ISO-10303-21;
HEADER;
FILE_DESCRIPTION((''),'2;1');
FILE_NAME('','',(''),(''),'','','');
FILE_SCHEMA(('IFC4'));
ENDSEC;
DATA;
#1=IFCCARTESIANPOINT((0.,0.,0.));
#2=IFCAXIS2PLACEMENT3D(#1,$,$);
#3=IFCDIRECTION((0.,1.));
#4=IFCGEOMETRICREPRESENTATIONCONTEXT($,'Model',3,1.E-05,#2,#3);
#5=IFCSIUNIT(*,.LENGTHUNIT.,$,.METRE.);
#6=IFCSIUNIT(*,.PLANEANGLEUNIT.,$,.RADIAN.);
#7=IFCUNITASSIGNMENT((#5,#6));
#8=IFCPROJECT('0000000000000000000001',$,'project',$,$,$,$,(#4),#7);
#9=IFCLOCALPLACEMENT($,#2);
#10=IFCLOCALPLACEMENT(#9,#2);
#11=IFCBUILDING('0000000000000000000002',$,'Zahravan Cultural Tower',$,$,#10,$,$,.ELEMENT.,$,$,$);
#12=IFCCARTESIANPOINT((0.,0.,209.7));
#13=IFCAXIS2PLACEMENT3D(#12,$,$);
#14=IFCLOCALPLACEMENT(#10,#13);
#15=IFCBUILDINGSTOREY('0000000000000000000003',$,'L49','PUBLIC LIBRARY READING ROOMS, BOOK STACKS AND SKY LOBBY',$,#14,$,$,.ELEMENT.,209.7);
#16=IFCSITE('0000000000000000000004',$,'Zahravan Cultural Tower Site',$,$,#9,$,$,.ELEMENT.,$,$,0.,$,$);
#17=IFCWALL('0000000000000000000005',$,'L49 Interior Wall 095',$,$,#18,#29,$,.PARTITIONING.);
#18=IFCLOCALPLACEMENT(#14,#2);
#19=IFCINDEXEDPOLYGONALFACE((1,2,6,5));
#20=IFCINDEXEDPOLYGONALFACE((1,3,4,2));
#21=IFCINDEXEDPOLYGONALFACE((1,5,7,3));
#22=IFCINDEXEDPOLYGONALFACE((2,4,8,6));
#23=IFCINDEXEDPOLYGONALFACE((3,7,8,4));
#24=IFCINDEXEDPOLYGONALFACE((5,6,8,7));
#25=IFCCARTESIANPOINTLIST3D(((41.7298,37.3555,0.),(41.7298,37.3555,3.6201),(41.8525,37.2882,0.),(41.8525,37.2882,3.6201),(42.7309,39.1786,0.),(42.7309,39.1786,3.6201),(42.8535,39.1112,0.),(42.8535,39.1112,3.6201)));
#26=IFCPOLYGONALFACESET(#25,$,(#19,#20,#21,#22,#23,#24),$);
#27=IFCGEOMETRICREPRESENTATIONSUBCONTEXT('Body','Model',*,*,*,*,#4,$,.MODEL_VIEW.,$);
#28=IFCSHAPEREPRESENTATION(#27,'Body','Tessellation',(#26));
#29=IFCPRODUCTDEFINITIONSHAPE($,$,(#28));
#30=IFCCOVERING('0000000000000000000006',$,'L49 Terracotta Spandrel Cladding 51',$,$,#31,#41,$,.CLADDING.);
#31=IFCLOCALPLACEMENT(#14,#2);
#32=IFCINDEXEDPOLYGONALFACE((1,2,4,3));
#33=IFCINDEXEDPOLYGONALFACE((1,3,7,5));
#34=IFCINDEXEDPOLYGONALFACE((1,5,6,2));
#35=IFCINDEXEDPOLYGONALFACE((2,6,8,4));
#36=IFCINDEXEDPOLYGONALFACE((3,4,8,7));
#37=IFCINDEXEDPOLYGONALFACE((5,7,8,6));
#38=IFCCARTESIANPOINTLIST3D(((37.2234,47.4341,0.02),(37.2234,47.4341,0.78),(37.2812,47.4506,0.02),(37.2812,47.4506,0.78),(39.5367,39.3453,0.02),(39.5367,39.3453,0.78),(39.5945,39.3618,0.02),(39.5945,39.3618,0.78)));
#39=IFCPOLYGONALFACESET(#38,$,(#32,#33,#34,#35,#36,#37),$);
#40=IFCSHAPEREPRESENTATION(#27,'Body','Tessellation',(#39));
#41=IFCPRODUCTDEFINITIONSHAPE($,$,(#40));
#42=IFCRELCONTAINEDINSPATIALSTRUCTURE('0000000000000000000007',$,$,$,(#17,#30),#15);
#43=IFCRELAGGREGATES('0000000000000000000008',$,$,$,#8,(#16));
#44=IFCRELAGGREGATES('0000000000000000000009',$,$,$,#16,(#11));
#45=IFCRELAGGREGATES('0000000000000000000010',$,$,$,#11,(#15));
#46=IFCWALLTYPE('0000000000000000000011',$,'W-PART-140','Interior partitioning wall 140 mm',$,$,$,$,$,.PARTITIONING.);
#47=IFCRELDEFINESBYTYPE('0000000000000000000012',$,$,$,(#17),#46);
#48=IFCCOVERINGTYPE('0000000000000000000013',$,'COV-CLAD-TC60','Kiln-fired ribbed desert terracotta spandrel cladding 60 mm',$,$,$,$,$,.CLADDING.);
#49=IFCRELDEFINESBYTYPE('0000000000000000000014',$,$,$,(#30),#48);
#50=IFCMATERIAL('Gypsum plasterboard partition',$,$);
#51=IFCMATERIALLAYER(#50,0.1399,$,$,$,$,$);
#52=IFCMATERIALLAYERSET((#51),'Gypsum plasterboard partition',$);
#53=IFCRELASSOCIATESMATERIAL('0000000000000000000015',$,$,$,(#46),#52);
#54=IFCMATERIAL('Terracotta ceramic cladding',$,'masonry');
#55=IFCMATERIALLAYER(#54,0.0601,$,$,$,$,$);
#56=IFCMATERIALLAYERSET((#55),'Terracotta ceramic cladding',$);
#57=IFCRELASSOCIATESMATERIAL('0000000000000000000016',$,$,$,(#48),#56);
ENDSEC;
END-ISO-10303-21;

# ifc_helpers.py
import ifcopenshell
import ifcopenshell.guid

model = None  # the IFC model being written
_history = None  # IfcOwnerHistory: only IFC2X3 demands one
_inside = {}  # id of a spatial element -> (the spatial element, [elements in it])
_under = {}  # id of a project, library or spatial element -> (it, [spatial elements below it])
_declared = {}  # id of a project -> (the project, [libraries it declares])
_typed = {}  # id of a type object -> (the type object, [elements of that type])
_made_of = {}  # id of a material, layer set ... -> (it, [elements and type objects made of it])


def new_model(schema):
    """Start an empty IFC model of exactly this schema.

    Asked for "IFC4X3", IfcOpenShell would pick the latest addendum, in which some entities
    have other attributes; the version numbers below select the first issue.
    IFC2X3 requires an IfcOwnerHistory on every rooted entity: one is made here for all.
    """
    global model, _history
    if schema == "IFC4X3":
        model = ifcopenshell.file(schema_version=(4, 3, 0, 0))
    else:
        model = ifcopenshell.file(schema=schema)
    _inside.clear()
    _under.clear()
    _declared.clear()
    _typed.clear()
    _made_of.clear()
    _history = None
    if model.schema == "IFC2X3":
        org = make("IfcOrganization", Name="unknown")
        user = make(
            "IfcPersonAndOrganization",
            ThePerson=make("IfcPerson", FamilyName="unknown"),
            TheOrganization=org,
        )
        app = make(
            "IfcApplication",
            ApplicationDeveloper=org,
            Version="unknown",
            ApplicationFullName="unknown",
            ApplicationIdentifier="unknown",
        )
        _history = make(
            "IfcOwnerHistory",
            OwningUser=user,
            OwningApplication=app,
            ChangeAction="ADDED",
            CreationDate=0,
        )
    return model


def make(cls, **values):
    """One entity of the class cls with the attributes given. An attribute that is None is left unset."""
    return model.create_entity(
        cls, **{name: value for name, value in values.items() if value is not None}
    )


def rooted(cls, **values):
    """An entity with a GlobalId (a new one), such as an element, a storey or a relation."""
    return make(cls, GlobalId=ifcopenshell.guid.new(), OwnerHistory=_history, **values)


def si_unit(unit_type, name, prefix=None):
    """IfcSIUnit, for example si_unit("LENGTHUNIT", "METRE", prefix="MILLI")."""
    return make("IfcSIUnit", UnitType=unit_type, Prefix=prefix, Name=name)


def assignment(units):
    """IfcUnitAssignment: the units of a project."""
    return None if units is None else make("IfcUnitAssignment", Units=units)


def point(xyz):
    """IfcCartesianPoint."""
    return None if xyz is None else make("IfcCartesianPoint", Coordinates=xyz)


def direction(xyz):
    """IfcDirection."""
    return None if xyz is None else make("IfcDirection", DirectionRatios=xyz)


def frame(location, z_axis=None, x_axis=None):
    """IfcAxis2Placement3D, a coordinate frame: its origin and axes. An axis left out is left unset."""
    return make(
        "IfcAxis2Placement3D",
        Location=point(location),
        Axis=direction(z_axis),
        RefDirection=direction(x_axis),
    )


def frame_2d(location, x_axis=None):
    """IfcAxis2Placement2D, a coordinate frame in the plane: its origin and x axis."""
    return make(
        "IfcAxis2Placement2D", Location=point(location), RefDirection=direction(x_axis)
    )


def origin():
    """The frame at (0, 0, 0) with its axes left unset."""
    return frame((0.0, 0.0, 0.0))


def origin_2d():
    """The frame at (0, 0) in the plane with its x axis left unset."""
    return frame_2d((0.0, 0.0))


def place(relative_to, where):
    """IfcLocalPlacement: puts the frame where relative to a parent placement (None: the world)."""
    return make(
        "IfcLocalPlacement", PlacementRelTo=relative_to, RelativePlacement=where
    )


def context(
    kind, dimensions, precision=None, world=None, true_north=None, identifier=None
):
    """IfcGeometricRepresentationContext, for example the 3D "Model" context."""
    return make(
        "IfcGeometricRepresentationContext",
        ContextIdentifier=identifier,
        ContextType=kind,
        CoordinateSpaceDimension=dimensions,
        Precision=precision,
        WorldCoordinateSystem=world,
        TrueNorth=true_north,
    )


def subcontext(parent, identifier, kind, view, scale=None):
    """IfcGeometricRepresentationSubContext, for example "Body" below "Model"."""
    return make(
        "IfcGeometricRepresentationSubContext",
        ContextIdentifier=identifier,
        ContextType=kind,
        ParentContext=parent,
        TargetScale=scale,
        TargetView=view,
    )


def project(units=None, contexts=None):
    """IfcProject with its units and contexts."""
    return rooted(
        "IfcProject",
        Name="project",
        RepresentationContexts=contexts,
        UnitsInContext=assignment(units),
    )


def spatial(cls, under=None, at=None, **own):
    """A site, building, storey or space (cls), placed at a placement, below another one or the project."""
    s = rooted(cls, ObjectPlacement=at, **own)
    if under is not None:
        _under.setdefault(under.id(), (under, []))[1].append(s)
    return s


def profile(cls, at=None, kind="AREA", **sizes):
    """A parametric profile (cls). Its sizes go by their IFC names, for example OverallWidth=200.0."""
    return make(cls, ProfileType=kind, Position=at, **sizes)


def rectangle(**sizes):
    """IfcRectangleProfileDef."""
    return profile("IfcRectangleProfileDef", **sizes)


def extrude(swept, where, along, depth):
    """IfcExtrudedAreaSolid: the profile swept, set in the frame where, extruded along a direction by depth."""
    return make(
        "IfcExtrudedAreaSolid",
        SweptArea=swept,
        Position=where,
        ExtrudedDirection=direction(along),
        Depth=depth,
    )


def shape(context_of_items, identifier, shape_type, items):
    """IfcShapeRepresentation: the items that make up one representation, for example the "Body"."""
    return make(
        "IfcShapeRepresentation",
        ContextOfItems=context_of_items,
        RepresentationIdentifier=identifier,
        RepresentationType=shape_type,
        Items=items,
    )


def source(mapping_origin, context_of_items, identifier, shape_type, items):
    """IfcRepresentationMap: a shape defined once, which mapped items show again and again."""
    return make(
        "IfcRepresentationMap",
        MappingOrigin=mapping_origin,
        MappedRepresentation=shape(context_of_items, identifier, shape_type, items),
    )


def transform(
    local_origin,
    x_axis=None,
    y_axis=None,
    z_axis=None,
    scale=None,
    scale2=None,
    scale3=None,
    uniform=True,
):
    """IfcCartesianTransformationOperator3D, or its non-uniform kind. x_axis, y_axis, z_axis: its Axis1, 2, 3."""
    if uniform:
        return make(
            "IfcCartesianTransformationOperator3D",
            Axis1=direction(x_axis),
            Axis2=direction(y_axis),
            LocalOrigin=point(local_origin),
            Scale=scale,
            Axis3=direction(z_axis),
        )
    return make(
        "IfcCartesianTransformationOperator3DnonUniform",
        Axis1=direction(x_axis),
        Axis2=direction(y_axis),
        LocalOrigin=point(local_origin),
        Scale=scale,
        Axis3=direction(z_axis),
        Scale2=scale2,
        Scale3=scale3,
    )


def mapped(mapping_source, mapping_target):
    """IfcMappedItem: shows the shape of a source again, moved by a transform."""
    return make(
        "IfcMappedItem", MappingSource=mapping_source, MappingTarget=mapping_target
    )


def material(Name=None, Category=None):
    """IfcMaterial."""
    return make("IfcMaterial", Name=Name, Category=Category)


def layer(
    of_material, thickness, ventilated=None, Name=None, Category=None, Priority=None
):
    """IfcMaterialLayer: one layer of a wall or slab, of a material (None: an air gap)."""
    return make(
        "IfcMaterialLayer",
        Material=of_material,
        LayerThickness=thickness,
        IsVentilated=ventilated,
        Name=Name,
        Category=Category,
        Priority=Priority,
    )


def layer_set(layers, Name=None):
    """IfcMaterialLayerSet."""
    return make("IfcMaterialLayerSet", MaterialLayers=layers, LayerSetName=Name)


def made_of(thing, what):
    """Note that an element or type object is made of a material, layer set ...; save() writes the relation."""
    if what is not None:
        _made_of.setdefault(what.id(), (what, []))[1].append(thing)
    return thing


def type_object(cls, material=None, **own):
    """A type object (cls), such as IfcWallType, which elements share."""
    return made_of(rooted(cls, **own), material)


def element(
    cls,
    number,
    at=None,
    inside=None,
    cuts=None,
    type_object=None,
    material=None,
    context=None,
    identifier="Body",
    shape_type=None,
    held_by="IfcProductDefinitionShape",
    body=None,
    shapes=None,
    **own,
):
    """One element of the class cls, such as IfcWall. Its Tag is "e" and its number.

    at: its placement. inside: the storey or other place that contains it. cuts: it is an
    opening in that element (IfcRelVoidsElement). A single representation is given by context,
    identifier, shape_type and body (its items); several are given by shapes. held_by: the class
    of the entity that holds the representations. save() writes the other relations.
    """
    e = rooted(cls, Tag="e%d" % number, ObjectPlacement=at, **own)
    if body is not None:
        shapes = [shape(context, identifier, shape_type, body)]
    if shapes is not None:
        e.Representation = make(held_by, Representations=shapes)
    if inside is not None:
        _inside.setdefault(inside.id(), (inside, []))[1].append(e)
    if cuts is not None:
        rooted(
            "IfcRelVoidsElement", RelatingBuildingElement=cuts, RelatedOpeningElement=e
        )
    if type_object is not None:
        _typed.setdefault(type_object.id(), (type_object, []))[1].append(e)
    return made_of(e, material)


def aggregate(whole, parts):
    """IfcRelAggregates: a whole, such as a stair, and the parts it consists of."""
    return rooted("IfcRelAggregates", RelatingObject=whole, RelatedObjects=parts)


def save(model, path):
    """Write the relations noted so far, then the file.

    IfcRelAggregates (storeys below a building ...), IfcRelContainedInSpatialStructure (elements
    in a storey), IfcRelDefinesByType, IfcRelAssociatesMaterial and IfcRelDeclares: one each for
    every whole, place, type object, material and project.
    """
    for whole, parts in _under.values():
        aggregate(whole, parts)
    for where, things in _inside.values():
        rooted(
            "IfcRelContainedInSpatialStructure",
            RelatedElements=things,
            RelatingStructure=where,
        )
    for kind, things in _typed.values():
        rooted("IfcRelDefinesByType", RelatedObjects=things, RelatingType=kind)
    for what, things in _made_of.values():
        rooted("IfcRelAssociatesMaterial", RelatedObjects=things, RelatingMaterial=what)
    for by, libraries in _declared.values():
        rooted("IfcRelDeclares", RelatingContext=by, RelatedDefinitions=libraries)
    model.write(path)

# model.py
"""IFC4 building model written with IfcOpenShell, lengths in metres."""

from ifc_helpers import new_model, si_unit, direction, frame, frame_2d, origin, origin_2d, place, context, subcontext, project, spatial, rectangle, extrude, source, transform, mapped, material, layer, layer_set, type_object, element, save


model = new_model("IFC4")

# Units and contexts
model_context = context("Model", 3, precision=1e-05, world=origin(), true_north=direction((0.0, 1.0)))
body_context = subcontext(model_context, "Body", "Model", "MODEL_VIEW")
ifc_project = project(units=[si_unit("LENGTHUNIT", "METRE"), si_unit("PLANEANGLEUNIT", "RADIAN")], contexts=[model_context])

# Site, building, storey
site_placement = place(None, origin())
site = spatial("IfcSite", under=ifc_project, at=site_placement, Name="Zahravan Cultural Tower Site", CompositionType="ELEMENT", RefElevation=0.0)
building_placement = place(site_placement, origin())
building = spatial("IfcBuilding", under=site, at=building_placement, Name="Zahravan Cultural Tower", CompositionType="ELEMENT")
storey_placement = place(building_placement, frame((0.0, 0.0, 209.7)))
storey = spatial("IfcBuildingStorey", under=building, at=storey_placement, Name="L49", Description="PUBLIC LIBRARY READING ROOMS, BOOK STACKS AND SKY LOBBY", CompositionType="ELEMENT", Elevation=209.7)

# Wall
ifc_material_1 = material(Name="Gypsum plasterboard partition")
ifc_layer_1 = layer(ifc_material_1, 0.1399)
ifc_layer_set_1 = layer_set([ifc_layer_1], Name="Gypsum plasterboard partition")
wall_type_1 = type_object("IfcWallType", Name="W-PART-140", Description="Interior partitioning wall 140 mm", PredefinedType="PARTITIONING", material=ifc_layer_set_1)
shared_shape_1 = source(origin(), body_context, "Body", "SweptSolid", [
    extrude(rectangle(XDim=2.0798, YDim=0.1399, at=frame_2d((1.04, 0.0))), origin(), (0.0, 0.0, 1.0), 3.6201),
])
wall_1_placement = place(storey_placement, frame((42.7922, 39.145, 0.0), z_axis=(0.0, 0.0, 1.0), x_axis=(-0.481301, -0.876555, 0.0)))
element("IfcWall", 1, at=wall_1_placement, inside=storey, type_object=wall_type_1, Name="L49 Interior Wall 095", PredefinedType="PARTITIONING", context=body_context, shape_type="MappedRepresentation", body=[
    mapped(shared_shape_1, transform((0.0, 0.0, 0.0), x_axis=(1.0, 0.0, 0.0), y_axis=(0.0, 1.0, 0.0), z_axis=(0.0, 0.0, 1.0), scale=1.0)),
])

# Covering
ifc_material_2 = material(Name="Terracotta ceramic cladding", Category="masonry")
ifc_layer_2 = layer(ifc_material_2, 0.0601)
ifc_layer_set_2 = layer_set([ifc_layer_2], Name="Terracotta ceramic cladding")
covering_type = type_object("IfcCoveringType", Name="COV-CLAD-TC60", Description="Kiln-fired ribbed desert terracotta spandrel cladding 60 mm", PredefinedType="CLADDING", material=ifc_layer_set_2)
shared_shape_2 = source(origin(), body_context, "Body", "SweptSolid", [
    extrude(rectangle(XDim=8.4131, YDim=0.0601, at=origin_2d()), origin(), (0.0, 0.0, 1.0), 0.76),
])
covering_placement = place(storey_placement, frame((38.4089, 43.3979, 0.02), z_axis=(0.0, 0.0, 1.0), x_axis=(0.274966, -0.961454, 0.0)))
element("IfcCovering", 2, at=covering_placement, inside=storey, type_object=covering_type, Name="L49 Terracotta Spandrel Cladding 51", PredefinedType="CLADDING", context=body_context, shape_type="MappedRepresentation", body=[
    mapped(shared_shape_2, transform((0.0, 0.0, 0.0), x_axis=(1.0, 0.0, 0.0), y_axis=(0.0, 1.0, 0.0), z_axis=(0.0, 0.0, 1.0), scale=1.0)),
])

save(model, "model.ifc")
